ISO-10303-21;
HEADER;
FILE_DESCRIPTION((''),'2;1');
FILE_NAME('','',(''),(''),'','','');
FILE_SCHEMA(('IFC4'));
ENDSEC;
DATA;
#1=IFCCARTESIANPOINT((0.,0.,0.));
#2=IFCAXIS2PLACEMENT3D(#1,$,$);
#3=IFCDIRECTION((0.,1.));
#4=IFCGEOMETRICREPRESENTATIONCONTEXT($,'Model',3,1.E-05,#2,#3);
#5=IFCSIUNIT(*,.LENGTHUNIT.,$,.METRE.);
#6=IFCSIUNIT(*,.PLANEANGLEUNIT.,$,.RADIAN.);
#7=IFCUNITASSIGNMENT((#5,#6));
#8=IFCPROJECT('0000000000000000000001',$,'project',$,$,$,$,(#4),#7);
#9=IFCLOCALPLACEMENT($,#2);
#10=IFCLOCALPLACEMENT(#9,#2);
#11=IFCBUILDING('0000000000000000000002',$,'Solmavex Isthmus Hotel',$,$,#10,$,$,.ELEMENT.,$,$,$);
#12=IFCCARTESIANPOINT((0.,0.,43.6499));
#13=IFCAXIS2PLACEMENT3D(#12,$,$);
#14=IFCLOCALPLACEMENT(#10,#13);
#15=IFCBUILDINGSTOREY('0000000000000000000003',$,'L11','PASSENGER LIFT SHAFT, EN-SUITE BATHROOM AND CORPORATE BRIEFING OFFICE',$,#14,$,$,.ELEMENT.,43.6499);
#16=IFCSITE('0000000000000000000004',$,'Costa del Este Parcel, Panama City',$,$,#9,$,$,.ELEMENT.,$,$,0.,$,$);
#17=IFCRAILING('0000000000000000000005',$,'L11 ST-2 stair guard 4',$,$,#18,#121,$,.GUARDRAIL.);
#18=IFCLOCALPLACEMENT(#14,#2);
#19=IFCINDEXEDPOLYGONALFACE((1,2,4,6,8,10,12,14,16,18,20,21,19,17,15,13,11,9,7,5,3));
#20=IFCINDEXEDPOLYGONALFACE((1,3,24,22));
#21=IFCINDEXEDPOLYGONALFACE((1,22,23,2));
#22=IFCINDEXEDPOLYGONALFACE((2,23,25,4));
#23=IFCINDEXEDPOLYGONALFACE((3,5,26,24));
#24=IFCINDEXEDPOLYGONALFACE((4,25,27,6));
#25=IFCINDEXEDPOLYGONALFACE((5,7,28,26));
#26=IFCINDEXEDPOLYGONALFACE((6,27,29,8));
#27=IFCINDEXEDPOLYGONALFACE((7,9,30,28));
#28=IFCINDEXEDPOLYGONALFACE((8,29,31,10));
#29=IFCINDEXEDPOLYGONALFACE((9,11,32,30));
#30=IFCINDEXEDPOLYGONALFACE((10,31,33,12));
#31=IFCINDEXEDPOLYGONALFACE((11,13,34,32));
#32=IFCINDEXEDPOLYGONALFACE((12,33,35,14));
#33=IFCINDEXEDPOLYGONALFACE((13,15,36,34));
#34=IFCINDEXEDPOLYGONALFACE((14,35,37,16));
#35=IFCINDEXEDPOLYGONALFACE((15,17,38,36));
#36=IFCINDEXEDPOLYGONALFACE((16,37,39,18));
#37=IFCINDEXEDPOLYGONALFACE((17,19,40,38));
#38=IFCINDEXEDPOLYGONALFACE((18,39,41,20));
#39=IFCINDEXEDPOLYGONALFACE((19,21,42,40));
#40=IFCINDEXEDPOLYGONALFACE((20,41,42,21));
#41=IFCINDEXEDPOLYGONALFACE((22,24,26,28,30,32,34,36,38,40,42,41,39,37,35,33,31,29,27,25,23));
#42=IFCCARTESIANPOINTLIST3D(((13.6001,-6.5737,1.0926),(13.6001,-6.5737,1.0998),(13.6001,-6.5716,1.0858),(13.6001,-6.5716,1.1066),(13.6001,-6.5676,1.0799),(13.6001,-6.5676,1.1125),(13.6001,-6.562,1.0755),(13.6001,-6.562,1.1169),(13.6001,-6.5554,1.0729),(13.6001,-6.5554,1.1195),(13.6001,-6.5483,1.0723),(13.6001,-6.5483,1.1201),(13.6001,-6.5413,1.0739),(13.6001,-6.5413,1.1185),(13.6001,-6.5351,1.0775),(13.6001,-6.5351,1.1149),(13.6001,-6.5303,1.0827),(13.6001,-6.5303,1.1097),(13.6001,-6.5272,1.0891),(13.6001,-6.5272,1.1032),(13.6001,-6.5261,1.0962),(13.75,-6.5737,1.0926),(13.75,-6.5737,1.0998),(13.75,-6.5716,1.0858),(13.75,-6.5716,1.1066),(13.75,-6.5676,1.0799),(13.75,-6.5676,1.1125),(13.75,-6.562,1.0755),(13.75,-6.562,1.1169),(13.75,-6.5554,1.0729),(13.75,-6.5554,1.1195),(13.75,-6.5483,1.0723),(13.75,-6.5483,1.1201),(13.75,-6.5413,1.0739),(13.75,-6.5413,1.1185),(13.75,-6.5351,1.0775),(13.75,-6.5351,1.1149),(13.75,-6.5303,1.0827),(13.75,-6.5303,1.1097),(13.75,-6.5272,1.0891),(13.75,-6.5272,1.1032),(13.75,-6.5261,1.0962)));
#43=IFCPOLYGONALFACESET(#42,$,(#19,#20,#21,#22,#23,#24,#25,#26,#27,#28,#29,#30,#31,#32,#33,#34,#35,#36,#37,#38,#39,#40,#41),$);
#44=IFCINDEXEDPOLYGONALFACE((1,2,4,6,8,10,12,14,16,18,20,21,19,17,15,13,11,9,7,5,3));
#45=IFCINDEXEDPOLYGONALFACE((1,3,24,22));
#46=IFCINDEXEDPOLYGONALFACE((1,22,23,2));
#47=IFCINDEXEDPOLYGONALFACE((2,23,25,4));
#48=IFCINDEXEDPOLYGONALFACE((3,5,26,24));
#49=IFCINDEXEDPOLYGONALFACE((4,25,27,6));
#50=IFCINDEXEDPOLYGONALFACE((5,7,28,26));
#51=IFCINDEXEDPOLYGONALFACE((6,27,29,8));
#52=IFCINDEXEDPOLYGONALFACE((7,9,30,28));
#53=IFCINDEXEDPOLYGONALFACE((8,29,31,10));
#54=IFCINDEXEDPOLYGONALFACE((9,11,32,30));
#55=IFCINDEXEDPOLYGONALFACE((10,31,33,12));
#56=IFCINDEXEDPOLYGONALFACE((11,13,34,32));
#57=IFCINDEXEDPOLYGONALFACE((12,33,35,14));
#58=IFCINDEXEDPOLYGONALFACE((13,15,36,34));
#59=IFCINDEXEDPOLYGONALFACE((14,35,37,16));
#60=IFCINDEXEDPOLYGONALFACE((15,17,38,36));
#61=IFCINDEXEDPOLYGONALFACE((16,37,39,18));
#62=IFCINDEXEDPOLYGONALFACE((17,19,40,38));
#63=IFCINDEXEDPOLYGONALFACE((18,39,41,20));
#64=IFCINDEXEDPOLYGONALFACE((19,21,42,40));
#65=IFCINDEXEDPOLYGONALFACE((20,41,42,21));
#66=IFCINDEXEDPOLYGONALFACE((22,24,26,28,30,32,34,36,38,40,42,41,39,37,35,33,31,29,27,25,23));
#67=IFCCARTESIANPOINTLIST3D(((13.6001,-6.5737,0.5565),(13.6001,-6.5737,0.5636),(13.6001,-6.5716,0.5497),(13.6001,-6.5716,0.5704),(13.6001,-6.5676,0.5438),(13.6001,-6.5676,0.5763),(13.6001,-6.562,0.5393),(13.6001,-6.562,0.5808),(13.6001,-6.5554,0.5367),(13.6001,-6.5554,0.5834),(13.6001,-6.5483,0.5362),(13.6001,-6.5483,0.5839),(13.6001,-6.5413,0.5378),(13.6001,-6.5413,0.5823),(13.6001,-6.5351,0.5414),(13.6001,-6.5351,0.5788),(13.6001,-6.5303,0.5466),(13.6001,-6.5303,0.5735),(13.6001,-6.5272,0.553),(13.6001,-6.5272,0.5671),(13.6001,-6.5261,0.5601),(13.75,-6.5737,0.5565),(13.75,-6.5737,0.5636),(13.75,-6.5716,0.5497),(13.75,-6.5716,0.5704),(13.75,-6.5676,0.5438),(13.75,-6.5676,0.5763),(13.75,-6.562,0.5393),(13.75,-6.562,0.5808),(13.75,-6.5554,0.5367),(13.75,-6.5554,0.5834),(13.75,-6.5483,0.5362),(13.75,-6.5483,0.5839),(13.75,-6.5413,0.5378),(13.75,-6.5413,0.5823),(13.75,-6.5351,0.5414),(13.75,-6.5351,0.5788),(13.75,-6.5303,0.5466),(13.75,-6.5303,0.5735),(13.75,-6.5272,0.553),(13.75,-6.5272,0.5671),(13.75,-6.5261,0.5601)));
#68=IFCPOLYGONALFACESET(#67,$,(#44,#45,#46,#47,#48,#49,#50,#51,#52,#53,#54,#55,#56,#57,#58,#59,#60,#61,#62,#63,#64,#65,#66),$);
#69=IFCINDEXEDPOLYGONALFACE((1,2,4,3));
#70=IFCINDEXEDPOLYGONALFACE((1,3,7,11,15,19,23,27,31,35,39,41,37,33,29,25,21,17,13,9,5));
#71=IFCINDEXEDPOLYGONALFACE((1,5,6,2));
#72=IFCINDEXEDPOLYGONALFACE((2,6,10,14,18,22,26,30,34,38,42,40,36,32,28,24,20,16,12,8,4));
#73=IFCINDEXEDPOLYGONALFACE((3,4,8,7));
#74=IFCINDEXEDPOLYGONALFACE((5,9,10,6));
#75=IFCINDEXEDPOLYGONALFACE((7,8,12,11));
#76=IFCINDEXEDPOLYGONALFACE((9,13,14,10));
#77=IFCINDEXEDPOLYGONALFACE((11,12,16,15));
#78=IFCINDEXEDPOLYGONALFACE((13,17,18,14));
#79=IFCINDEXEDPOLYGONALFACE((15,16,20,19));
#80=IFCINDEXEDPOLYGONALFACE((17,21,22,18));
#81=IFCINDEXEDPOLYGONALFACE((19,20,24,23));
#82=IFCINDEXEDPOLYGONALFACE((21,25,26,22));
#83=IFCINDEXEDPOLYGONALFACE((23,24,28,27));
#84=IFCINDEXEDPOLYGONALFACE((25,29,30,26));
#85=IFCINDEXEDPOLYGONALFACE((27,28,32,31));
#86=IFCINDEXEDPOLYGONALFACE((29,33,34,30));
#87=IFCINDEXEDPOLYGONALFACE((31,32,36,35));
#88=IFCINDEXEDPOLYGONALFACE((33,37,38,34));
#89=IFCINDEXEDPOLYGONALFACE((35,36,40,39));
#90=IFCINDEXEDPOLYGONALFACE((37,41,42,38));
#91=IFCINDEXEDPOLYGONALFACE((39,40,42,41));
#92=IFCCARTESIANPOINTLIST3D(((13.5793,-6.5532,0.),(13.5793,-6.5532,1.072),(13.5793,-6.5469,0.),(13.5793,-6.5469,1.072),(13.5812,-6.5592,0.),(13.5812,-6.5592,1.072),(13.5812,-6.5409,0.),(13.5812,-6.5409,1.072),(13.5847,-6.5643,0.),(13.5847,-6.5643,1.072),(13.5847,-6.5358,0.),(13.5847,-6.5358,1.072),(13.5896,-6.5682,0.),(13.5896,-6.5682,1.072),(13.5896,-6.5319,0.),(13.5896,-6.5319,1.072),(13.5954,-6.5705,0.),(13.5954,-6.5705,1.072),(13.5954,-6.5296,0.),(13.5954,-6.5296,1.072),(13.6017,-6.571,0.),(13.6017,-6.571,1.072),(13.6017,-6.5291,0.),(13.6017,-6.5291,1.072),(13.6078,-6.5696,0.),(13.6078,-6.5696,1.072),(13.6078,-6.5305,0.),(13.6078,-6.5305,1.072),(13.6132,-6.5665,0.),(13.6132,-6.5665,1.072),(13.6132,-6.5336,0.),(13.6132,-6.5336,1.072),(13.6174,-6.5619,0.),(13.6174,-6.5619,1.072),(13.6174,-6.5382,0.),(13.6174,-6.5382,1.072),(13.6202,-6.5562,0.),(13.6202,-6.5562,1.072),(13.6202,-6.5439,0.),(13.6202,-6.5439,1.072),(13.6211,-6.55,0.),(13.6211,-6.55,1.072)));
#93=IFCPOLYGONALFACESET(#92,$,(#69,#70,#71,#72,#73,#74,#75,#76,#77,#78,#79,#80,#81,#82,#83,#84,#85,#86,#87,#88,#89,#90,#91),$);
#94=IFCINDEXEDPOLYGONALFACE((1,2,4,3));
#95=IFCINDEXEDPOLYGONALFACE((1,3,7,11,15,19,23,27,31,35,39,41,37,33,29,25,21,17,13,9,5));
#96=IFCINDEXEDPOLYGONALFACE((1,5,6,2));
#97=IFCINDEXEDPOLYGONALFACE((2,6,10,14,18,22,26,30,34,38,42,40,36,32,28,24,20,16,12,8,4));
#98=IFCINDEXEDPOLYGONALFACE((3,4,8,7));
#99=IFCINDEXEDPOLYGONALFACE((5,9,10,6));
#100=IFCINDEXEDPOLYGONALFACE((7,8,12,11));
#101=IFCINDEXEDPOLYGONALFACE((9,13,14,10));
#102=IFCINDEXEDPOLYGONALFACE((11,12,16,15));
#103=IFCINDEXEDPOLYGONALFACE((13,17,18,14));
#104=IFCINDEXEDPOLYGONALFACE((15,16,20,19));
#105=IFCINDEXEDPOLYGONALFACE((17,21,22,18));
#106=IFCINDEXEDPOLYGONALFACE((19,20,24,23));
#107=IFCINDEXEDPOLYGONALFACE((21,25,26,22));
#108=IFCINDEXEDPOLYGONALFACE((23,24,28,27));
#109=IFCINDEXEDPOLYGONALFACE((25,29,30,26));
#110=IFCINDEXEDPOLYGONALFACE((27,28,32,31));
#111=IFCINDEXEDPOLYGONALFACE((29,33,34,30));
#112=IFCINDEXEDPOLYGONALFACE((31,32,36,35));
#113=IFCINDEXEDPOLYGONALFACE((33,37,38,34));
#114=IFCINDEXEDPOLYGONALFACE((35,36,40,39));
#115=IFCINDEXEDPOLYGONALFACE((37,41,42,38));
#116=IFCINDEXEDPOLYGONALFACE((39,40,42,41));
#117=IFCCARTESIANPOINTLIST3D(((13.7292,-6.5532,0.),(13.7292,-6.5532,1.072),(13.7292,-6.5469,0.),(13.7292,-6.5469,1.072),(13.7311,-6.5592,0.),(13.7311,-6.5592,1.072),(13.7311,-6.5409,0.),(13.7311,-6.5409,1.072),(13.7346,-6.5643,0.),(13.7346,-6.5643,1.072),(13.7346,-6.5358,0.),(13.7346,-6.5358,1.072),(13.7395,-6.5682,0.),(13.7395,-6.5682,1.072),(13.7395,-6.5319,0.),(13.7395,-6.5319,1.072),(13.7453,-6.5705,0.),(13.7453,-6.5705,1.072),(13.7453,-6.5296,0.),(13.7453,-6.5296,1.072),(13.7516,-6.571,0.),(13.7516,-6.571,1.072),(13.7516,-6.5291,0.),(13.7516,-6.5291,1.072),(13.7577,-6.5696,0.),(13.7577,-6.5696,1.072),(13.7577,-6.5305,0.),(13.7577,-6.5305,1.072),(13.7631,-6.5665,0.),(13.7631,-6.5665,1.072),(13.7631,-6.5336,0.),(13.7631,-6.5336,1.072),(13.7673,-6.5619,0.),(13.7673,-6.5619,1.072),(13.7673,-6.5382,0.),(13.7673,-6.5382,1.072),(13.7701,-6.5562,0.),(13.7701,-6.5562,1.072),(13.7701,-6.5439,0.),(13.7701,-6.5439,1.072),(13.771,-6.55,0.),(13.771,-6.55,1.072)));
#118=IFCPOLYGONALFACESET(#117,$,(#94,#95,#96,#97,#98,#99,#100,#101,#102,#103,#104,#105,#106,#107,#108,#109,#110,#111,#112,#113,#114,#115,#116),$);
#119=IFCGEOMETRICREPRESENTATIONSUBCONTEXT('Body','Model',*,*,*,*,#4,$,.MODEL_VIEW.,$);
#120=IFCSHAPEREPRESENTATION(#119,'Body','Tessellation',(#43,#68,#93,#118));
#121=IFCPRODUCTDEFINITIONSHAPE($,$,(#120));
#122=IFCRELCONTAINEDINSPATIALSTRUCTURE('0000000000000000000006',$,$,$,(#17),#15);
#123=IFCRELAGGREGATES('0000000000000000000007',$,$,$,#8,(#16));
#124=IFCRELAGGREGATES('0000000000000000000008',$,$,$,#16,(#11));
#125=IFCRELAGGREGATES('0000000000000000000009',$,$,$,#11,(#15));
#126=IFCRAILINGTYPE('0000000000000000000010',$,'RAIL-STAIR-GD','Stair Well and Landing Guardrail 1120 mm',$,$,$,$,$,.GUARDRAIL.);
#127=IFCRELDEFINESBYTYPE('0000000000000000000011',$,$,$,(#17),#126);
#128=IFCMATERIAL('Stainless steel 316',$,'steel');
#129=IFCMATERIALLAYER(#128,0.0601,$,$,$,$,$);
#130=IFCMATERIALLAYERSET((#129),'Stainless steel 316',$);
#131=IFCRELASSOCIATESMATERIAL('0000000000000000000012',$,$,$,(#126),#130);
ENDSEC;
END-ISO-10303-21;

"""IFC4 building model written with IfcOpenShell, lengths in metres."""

from ifc_helpers import new_model, si_unit, direction, frame, origin, origin_2d, place, context, subcontext, project, spatial, circle, extrude, material, layer, layer_set, type_object, element, save


model = new_model("IFC4")

# Units and contexts
model_context = context("Model", 3, precision=1e-05, world=origin(), true_north=direction((0.0, 1.0)))
body_context = subcontext(model_context, "Body", "Model", "MODEL_VIEW")
ifc_project = project(units=[si_unit("LENGTHUNIT", "METRE"), si_unit("PLANEANGLEUNIT", "RADIAN")], contexts=[model_context])

# Site, building, storey
site_placement = place(None, origin())
site = spatial("IfcSite", under=ifc_project, at=site_placement, Name="Costa del Este Parcel, Panama City", CompositionType="ELEMENT", RefElevation=0.0)
building_placement = place(site_placement, origin())
building = spatial("IfcBuilding", under=site, at=building_placement, Name="Solmavex Isthmus Hotel", CompositionType="ELEMENT")
storey_placement = place(building_placement, frame((0.0, 0.0, 43.6499)))
storey = spatial("IfcBuildingStorey", under=building, at=storey_placement, Name="L11", Description="PASSENGER LIFT SHAFT, EN-SUITE BATHROOM AND CORPORATE BRIEFING OFFICE", CompositionType="ELEMENT", Elevation=43.6499)

# Railing
ifc_material_1 = material(Name="Stainless steel 316", Category="steel")
ifc_layer_1 = layer(ifc_material_1, 0.0601)
ifc_layer_set_1 = layer_set([ifc_layer_1], Name="Stainless steel 316")
railing_type_1 = type_object("IfcRailingType", Name="RAIL-STAIR-GD", Description="Stair Well and Landing Guardrail 1120 mm", PredefinedType="GUARDRAIL", material=ifc_layer_set_1)
railing_1_placement = place(storey_placement, frame((13.6001, -6.55, 0.0)))
element("IfcRailing", 1, at=railing_1_placement, inside=storey, type_object=railing_type_1, Name="L11 ST-2 stair guard 4", PredefinedType="GUARDRAIL", context=body_context, shape_type="SweptSolid", body=[
    extrude(circle(Radius=0.0239, at=origin_2d()), frame((0.0, 0.0, 1.0962), z_axis=(1.0, 0.0, 0.0), x_axis=(0.0, 1.0, 0.0)), (0.0, 0.0, 1.0), 0.1499),
    extrude(circle(Radius=0.0239, at=origin_2d()), frame((0.0, 0.0, 0.5601), z_axis=(1.0, 0.0, 0.0), x_axis=(0.0, 1.0, 0.0)), (0.0, 0.0, 1.0), 0.1499),
    extrude(circle(Radius=0.021, at=origin_2d()), origin(), (0.0, 0.0, 1.0), 1.072),
    extrude(circle(Radius=0.021, at=origin_2d()), frame((0.1499, 0.0, 0.0)), (0.0, 0.0, 1.0), 1.072),
])

save(model, "model.ifc")
